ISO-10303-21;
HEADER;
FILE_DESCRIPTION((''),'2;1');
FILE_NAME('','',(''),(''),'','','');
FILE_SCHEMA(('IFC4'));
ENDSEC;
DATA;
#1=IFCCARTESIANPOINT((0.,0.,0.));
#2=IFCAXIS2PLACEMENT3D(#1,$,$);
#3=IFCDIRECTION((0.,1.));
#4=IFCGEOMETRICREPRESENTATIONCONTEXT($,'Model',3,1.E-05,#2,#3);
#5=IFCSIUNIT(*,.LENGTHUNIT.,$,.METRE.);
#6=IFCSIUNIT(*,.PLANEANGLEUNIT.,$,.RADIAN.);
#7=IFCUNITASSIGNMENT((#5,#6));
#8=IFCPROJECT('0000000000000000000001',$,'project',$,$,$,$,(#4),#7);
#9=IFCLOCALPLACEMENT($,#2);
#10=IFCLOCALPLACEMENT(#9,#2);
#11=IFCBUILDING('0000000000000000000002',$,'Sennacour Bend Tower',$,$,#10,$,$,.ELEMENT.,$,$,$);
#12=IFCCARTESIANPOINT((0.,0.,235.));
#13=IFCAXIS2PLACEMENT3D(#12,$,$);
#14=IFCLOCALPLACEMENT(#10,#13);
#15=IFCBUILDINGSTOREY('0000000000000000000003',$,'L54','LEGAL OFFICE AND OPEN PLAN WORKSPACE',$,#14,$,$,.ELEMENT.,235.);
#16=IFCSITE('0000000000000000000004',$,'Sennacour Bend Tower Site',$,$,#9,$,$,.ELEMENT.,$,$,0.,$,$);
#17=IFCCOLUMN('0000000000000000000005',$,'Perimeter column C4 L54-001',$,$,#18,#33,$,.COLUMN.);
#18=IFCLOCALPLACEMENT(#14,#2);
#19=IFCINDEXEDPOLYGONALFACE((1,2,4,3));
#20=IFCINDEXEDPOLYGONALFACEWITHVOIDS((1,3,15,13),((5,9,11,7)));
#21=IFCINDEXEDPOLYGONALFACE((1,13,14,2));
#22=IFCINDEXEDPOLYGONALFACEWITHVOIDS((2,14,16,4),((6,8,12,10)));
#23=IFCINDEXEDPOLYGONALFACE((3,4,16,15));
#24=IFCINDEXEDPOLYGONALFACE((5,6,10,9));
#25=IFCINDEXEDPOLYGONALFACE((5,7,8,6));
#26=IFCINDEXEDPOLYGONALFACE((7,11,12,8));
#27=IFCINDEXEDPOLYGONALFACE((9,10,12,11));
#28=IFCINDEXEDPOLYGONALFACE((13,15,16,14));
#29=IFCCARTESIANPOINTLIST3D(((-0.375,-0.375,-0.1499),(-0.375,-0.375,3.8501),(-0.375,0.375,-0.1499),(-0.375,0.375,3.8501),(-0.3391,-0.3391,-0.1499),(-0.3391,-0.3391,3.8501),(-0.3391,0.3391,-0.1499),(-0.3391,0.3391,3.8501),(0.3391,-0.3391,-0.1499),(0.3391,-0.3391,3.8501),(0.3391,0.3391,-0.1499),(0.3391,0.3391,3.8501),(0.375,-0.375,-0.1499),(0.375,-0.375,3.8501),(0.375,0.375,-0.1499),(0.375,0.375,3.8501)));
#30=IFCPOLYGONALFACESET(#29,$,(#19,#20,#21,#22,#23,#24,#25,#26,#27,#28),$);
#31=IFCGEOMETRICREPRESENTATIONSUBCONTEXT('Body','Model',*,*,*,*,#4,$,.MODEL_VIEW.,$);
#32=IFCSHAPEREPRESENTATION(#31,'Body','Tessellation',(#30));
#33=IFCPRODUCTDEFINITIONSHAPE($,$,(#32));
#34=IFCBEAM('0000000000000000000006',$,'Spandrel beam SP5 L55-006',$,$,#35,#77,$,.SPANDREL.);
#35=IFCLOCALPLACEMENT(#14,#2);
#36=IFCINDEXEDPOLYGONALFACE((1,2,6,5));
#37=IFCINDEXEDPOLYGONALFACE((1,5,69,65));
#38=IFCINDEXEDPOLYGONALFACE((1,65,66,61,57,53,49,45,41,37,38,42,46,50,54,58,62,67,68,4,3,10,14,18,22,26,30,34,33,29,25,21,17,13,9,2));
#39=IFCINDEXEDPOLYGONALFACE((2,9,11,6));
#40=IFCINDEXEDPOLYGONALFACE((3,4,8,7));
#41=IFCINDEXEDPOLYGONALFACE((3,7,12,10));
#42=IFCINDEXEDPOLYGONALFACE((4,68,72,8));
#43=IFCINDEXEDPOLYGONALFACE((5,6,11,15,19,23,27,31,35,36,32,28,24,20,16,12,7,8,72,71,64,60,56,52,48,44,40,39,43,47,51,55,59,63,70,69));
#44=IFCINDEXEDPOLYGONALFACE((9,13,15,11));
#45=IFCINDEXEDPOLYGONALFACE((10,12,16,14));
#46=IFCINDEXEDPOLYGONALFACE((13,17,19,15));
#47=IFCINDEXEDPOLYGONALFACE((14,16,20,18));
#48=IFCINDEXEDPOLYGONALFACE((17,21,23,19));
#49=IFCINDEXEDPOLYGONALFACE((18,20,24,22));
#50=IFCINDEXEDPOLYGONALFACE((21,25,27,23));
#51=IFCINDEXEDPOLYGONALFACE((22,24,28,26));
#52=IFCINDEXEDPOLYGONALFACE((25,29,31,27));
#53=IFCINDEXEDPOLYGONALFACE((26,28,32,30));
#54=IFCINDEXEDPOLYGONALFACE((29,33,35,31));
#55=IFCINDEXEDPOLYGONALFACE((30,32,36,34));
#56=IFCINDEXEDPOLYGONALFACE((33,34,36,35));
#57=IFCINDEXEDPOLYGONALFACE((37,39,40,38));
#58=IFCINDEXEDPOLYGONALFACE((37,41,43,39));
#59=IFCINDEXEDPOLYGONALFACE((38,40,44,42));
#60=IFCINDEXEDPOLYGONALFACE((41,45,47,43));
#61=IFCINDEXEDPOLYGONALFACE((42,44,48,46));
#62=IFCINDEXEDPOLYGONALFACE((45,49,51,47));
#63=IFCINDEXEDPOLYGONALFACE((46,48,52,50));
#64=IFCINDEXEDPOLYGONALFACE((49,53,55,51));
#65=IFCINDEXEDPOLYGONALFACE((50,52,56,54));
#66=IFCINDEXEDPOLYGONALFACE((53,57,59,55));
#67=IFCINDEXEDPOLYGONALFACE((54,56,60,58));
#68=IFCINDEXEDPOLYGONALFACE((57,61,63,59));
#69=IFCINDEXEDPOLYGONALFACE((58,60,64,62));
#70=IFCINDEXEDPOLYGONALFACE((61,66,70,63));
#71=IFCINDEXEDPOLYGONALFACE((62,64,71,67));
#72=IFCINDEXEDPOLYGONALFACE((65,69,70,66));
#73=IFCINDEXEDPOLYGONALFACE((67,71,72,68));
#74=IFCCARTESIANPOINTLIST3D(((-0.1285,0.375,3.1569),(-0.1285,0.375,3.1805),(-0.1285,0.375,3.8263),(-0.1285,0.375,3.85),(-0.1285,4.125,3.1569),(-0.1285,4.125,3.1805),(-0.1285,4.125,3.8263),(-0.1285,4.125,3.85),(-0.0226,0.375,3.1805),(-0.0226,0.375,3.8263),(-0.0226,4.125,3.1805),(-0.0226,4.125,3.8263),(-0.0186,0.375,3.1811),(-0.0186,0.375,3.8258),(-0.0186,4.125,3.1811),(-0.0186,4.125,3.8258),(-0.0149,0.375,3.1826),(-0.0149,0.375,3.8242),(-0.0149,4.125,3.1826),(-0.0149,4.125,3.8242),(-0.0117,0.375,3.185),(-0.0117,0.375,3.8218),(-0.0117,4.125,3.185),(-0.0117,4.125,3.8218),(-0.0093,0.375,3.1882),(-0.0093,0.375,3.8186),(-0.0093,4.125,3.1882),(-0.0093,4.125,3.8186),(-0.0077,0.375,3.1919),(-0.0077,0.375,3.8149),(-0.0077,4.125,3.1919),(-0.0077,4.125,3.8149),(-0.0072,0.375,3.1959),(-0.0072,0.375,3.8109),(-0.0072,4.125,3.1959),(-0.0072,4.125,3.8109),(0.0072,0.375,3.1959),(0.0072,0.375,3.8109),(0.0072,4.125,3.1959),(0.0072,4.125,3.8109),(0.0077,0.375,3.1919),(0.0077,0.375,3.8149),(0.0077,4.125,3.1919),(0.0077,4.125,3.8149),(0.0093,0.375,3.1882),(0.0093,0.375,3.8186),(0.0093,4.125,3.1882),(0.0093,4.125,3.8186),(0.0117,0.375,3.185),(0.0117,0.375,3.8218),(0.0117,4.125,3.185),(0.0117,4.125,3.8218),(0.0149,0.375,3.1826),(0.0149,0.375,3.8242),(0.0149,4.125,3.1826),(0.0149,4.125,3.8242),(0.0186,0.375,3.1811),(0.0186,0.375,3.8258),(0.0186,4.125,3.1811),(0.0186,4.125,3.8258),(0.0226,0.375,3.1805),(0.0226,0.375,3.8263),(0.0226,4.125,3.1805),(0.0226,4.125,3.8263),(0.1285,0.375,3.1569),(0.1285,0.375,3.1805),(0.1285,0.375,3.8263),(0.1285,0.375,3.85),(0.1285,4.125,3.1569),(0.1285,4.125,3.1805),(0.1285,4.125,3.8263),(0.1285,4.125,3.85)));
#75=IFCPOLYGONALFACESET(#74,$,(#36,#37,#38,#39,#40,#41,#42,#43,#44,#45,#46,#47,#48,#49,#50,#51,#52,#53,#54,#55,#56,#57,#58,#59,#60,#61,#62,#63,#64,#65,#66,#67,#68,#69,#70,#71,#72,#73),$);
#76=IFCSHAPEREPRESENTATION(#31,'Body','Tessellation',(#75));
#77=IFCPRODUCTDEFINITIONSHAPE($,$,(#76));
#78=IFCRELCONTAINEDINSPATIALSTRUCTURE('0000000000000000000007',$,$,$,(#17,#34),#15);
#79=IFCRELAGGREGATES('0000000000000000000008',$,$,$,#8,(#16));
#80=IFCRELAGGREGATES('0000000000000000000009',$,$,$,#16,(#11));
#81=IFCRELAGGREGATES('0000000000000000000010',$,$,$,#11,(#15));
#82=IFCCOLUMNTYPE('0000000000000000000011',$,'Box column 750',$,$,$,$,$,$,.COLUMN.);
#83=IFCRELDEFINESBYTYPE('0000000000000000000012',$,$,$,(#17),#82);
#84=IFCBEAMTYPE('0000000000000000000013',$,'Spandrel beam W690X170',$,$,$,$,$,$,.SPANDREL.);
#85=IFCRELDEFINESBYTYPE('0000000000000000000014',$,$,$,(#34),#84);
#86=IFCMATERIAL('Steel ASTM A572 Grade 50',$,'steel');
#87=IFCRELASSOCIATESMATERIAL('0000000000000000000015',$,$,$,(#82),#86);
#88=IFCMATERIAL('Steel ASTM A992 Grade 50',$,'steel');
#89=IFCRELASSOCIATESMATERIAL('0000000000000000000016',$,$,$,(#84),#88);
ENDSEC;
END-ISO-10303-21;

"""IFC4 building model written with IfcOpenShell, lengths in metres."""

from ifc_helpers import new_model, si_unit, direction, frame, origin, origin_2d, place, context, subcontext, project, spatial, hollow_rectangle, i_section, extrude, material, material_profile, profile_set, type_object, element, save


model = new_model("IFC4")

# Units and contexts
model_context = context("Model", 3, precision=1e-05, world=origin(), true_north=direction((0.0, 1.0)))
body_context = subcontext(model_context, "Body", "Model", "MODEL_VIEW")
ifc_project = project(units=[si_unit("LENGTHUNIT", "METRE"), si_unit("PLANEANGLEUNIT", "RADIAN")], contexts=[model_context])

# Site, building, storey
site_placement = place(None, origin())
site = spatial("IfcSite", under=ifc_project, at=site_placement, Name="Sennacour Bend Tower Site", CompositionType="ELEMENT", RefElevation=0.0)
building_placement = place(site_placement, origin())
building = spatial("IfcBuilding", under=site, at=building_placement, Name="Sennacour Bend Tower", CompositionType="ELEMENT")
storey_placement = place(building_placement, frame((0.0, 0.0, 235.0)))
storey = spatial("IfcBuildingStorey", under=building, at=storey_placement, Name="L54", Description="LEGAL OFFICE AND OPEN PLAN WORKSPACE", CompositionType="ELEMENT", Elevation=235.0)

# Column
ifc_material_1 = material(Name="Steel ASTM A572 Grade 50", Category="steel")
ifc_material_profile_1 = material_profile(ifc_material_1, hollow_rectangle(XDim=0.75, YDim=0.75, WallThickness=0.0359, at=origin_2d()), Name="Steel ASTM A572 Grade 50", Category="steel")
ifc_profile_set_1 = profile_set([ifc_material_profile_1], Name="Steel ASTM A572 Grade 50")
column_type = type_object("IfcColumnType", Name="Box column 750", PredefinedType="COLUMN", material=ifc_profile_set_1)
column_placement = place(storey_placement, frame((0.0, 0.0, -0.1499), z_axis=(0.0, 0.0, 1.0), x_axis=(1.0, 0.0, 0.0)))
element("IfcColumn", 1, at=column_placement, inside=storey, type_object=column_type, Name="Perimeter column C4 L54-001", PredefinedType="COLUMN", context=body_context, shape_type="SweptSolid", body=[
    extrude(hollow_rectangle(XDim=0.75, YDim=0.75, WallThickness=0.0359, at=origin_2d()), origin(), (0.0, 0.0, 1.0), 4.0),
])

# Beam
ifc_material_2 = material(Name="Steel ASTM A992 Grade 50", Category="steel")
ifc_material_profile_2 = material_profile(ifc_material_2, i_section(OverallWidth=0.2571, OverallDepth=0.6931, WebThickness=0.0144, FlangeThickness=0.0237, FilletRadius=0.0154, at=origin_2d()), Name="Steel ASTM A992 Grade 50", Category="steel")
ifc_profile_set_2 = profile_set([ifc_material_profile_2], Name="Steel ASTM A992 Grade 50")
beam_type = type_object("IfcBeamType", Name="Spandrel beam W690X170", PredefinedType="SPANDREL", material=ifc_profile_set_2)
beam_placement = place(storey_placement, frame((0.0, 0.375, 3.5034), z_axis=(0.0, 1.0, 0.0), x_axis=(-1.0, 0.0, 0.0)))
element("IfcBeam", 2, at=beam_placement, inside=storey, type_object=beam_type, Name="Spandrel beam SP5 L55-006", PredefinedType="SPANDREL", context=body_context, shape_type="SweptSolid", body=[
    extrude(i_section(OverallWidth=0.2571, OverallDepth=0.6931, WebThickness=0.0144, FlangeThickness=0.0237, FilletRadius=0.0154, at=origin_2d()), origin(), (0.0, 0.0, 1.0), 3.75),
])

save(model, "model.ifc")
